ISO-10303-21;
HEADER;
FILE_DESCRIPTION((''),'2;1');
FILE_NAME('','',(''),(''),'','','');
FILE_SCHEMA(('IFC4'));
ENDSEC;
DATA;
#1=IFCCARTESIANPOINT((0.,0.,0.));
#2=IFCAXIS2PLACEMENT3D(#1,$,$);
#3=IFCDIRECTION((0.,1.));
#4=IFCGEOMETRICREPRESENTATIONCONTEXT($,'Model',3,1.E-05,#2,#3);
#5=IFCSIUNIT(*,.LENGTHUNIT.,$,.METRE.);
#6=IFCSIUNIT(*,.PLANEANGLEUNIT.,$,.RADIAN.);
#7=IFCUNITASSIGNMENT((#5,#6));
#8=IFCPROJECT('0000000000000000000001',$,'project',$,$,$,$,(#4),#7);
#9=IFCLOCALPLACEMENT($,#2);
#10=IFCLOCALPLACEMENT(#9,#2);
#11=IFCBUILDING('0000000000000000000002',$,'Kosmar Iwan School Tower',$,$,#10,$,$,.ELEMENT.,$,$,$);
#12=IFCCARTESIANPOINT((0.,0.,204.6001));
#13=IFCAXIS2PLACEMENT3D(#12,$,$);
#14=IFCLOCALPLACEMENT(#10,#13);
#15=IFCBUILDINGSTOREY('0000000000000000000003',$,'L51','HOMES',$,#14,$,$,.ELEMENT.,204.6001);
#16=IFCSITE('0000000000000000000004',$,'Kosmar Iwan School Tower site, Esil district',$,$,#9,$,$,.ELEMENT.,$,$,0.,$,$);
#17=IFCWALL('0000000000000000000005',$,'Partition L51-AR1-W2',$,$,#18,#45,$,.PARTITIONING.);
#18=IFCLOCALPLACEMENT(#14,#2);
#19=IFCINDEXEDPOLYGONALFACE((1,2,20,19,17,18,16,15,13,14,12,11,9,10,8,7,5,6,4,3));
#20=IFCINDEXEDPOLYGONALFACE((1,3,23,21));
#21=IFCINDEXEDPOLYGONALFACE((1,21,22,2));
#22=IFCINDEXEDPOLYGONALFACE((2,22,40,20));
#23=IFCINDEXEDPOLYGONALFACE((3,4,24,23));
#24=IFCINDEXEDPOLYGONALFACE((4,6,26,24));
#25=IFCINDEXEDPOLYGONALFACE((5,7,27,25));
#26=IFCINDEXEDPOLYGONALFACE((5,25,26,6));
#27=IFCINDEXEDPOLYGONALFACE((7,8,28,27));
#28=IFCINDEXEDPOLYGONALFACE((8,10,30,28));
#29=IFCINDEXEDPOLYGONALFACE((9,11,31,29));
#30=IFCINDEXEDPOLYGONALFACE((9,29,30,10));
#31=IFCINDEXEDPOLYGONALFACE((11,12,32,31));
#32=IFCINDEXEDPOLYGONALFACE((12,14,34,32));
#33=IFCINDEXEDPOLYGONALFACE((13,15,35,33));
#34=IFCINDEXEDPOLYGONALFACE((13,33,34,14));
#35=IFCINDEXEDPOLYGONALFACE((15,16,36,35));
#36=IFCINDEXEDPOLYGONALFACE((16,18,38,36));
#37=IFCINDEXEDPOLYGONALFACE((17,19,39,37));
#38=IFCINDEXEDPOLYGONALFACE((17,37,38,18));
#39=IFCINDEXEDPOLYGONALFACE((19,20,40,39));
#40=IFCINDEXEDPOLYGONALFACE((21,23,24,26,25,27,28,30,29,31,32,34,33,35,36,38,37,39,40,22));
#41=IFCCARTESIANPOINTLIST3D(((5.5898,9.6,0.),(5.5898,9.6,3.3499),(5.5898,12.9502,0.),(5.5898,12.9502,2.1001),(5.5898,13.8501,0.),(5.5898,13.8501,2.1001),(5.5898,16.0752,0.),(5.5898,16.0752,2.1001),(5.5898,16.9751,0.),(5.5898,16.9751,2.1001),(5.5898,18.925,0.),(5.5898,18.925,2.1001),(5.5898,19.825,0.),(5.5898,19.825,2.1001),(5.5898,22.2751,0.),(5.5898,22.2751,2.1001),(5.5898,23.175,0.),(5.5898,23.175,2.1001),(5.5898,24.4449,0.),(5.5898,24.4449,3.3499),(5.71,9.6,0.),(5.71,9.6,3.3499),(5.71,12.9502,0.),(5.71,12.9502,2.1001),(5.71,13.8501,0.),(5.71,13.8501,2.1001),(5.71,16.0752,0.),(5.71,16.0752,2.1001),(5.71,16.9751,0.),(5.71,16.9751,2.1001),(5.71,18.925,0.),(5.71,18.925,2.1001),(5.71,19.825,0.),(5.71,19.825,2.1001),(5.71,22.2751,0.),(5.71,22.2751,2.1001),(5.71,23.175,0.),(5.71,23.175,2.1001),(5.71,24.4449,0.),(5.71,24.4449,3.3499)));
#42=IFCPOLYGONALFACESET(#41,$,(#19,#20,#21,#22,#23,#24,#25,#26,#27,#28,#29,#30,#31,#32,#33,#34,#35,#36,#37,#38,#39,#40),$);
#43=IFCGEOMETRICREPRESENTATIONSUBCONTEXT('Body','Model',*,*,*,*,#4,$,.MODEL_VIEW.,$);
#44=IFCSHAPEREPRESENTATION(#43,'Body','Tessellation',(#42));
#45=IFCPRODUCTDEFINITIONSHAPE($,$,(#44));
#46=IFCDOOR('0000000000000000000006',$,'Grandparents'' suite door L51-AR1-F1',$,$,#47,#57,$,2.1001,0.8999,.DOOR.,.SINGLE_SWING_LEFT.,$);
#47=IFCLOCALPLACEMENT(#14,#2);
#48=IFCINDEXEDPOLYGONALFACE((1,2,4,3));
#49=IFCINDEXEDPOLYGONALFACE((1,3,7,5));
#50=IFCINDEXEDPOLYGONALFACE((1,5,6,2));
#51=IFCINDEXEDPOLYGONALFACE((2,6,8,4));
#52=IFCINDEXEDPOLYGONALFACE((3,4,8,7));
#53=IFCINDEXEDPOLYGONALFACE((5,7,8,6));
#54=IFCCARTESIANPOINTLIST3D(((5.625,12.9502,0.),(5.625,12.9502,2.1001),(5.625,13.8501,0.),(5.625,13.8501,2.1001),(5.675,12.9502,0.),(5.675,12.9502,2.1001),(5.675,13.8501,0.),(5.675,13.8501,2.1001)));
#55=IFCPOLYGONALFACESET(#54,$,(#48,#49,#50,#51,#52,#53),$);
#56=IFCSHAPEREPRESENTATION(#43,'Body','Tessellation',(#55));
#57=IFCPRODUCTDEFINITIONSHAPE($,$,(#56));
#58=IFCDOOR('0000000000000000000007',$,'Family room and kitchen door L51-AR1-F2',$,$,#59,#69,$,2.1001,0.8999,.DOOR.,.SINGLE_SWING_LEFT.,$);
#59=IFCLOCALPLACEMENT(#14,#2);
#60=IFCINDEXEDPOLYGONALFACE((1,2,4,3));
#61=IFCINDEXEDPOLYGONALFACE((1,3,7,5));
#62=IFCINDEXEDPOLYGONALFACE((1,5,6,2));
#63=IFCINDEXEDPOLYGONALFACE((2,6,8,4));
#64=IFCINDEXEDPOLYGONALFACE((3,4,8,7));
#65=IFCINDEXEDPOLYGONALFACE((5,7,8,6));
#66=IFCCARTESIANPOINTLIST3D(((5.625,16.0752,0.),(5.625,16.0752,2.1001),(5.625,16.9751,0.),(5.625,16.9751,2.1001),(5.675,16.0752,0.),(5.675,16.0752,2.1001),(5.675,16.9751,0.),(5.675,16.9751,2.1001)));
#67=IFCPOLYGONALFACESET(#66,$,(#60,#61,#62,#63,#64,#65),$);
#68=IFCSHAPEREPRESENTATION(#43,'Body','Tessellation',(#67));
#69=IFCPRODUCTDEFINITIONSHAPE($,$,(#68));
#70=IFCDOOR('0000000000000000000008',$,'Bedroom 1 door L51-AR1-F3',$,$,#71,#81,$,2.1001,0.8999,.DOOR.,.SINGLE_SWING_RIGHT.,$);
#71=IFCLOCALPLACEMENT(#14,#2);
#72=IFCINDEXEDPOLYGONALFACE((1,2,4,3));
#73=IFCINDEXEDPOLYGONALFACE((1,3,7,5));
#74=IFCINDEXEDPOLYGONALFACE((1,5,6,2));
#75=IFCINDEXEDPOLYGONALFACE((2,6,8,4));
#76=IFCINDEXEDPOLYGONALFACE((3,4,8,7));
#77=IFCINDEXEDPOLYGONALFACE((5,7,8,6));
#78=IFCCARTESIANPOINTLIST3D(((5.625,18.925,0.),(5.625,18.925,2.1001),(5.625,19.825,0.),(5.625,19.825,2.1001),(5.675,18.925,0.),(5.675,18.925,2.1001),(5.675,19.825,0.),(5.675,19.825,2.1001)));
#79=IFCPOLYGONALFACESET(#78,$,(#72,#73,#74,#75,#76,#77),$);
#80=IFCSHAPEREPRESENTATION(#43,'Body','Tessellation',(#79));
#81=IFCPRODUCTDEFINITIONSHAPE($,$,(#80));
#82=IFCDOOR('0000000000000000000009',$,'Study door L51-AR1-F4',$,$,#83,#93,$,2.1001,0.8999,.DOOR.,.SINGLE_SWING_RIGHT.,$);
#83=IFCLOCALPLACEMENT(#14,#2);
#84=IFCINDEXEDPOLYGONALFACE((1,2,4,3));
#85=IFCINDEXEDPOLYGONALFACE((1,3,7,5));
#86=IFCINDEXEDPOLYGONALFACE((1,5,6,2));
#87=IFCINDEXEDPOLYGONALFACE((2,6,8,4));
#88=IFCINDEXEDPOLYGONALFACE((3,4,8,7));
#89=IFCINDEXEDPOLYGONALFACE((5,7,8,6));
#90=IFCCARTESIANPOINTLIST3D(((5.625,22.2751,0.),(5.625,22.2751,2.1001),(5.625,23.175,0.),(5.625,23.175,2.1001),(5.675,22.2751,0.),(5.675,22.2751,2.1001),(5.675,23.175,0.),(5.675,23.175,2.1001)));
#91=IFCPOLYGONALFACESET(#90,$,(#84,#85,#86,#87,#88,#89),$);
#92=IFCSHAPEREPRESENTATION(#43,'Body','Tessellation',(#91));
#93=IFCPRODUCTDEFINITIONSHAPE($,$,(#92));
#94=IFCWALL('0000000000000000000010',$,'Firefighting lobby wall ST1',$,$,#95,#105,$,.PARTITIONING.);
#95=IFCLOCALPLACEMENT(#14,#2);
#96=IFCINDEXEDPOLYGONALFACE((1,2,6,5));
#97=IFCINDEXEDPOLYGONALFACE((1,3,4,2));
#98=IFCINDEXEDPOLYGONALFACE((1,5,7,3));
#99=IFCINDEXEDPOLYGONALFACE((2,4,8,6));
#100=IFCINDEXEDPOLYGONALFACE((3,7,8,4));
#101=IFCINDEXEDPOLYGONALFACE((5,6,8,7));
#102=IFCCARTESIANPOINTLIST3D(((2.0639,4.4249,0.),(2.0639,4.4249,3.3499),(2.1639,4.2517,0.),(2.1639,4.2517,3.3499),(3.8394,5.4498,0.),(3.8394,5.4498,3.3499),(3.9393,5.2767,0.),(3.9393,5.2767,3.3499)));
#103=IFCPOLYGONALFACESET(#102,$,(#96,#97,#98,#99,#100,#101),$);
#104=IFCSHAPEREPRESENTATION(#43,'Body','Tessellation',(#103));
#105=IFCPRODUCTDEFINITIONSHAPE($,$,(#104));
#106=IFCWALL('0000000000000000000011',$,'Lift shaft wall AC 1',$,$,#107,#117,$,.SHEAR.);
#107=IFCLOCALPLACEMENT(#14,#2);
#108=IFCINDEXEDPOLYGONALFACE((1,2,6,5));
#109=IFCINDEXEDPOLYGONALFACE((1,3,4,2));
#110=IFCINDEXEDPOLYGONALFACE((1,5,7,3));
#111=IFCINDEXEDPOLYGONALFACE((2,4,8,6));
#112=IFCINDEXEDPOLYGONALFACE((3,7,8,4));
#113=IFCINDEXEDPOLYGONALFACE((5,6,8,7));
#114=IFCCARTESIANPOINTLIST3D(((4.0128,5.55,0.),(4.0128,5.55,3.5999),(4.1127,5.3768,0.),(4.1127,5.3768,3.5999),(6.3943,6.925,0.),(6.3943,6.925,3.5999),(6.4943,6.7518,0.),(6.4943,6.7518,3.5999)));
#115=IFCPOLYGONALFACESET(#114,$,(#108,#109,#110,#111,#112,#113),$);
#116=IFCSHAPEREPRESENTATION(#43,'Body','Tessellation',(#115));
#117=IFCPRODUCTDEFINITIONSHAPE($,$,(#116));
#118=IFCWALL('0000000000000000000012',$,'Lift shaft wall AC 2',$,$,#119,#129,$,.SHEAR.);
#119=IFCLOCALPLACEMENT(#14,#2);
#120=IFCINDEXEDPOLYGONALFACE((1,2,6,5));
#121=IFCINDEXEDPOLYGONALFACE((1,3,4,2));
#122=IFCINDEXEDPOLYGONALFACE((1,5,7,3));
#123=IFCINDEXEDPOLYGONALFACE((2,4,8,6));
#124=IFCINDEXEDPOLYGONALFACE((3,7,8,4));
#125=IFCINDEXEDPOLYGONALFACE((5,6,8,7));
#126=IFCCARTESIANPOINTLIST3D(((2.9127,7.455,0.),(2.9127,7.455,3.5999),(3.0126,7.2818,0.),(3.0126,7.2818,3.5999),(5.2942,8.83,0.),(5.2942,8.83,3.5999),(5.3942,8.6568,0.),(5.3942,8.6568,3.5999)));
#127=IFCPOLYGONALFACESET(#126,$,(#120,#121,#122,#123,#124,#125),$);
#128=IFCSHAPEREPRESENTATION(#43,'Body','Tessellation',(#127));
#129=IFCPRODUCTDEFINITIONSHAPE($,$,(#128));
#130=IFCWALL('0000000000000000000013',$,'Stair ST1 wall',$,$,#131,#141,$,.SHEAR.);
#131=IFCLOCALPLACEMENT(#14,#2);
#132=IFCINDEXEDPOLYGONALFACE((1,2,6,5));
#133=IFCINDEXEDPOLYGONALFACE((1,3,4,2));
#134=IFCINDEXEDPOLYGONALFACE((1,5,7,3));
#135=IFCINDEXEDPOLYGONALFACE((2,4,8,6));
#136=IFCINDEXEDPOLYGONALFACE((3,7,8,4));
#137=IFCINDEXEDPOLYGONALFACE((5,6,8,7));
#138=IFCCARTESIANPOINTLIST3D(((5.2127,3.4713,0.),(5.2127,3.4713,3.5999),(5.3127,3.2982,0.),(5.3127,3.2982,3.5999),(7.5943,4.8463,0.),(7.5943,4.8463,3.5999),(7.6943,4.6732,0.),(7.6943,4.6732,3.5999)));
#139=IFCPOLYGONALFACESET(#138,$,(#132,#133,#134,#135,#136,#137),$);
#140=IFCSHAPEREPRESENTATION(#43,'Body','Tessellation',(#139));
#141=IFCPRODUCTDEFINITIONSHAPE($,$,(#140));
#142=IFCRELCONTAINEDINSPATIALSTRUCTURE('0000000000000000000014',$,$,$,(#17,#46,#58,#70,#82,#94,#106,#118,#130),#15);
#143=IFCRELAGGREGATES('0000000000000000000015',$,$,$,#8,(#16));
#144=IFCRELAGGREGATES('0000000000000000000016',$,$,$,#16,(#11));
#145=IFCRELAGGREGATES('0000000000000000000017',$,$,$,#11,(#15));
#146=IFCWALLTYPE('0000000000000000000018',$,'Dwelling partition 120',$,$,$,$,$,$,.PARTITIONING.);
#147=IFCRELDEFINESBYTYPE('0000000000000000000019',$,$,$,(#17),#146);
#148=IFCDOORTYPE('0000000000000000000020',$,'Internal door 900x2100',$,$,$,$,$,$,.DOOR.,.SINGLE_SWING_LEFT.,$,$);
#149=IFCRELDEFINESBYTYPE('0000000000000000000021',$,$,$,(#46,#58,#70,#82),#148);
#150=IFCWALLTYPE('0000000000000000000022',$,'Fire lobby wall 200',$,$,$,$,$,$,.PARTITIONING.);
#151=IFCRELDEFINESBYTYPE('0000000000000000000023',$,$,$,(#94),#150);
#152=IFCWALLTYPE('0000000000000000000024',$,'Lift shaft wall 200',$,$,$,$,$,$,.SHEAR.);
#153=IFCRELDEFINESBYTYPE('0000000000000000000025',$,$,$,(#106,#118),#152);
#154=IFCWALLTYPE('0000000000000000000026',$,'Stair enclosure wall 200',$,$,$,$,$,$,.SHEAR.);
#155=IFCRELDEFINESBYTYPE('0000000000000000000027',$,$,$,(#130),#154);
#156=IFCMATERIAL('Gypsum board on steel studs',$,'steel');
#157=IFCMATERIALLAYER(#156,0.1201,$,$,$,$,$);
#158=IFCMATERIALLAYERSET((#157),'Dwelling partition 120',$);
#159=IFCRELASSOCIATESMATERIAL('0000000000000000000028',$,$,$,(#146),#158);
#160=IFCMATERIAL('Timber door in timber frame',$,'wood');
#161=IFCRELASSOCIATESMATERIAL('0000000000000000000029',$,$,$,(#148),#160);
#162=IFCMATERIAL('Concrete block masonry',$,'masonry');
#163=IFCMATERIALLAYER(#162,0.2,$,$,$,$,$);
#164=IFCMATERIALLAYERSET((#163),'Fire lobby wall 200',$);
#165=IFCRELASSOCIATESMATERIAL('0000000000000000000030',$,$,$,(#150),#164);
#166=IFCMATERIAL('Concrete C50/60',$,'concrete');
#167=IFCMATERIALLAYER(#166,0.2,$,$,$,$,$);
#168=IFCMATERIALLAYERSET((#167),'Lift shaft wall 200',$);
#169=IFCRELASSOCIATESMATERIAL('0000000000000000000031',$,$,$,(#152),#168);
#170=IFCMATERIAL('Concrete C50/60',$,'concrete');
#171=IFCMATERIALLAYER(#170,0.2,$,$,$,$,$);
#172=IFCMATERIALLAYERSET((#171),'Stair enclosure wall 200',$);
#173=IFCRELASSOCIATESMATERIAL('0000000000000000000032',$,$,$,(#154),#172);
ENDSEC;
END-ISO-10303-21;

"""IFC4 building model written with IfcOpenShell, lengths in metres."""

from ifc_helpers import new_model, si_unit, direction, frame, frame_2d, origin, place, context, subcontext, project, spatial, rectangle, extrude, material, layer, layer_set, type_object, element, fill, save


model = new_model("IFC4")

# Units and contexts
model_context = context("Model", 3, precision=1e-05, world=origin(), true_north=direction((0.0, 1.0)))
body_context = subcontext(model_context, "Body", "Model", "MODEL_VIEW")
ifc_project = project(units=[si_unit("LENGTHUNIT", "METRE"), si_unit("PLANEANGLEUNIT", "RADIAN")], contexts=[model_context])

# Site, building, storey
site_placement = place(None, origin())
site = spatial("IfcSite", under=ifc_project, at=site_placement, Name="Kosmar Iwan School Tower site, Esil district", CompositionType="ELEMENT", RefElevation=0.0)
building_placement = place(site_placement, origin())
building = spatial("IfcBuilding", under=site, at=building_placement, Name="Kosmar Iwan School Tower", CompositionType="ELEMENT")
storey_placement = place(building_placement, frame((0.0, 0.0, 204.6001)))
storey = spatial("IfcBuildingStorey", under=building, at=storey_placement, Name="L51", Description="HOMES", CompositionType="ELEMENT", Elevation=204.6001)

# Wall, openings, doors
ifc_material_1 = material(Name="Gypsum board on steel studs", Category="steel")
ifc_layer_1 = layer(ifc_material_1, 0.1201)
ifc_layer_set_1 = layer_set([ifc_layer_1], Name="Dwelling partition 120")
wall_type_1 = type_object("IfcWallType", Name="Dwelling partition 120", PredefinedType="PARTITIONING", material=ifc_layer_set_1)
wall_1_placement = place(storey_placement, frame((5.6499, 9.6001, 0.0), z_axis=(0.0, 0.0, 1.0), x_axis=(0.0, 1.0, 0.0)))
wall_1 = element("IfcWall", 1, at=wall_1_placement, inside=storey, type_object=wall_type_1, Name="Partition L51-AR1-W2", PredefinedType="PARTITIONING", context=body_context, shape_type="SweptSolid", body=[
    extrude(rectangle(XDim=14.845, YDim=0.1201, at=frame_2d((7.4224, 0.0))), origin(), (0.0, 0.0, 1.0), 3.3499),
])
opening_1_placement = place(wall_1_placement, frame((3.3501, 0.0, 0.0)))
opening_1 = element("IfcOpeningElement", 2, at=opening_1_placement, cuts=wall_1, PredefinedType="OPENING", context=body_context, shape_type="SweptSolid", body=[
    extrude(rectangle(XDim=0.8999, YDim=2.1001, at=frame_2d((0.45, 1.05))), frame((0.0, 0.072, 0.0), z_axis=(0.0, -1.0, 0.0), x_axis=(1.0, 0.0, 0.0)), (0.0, 0.0, 1.0), 0.144),
])
opening_2_placement = place(wall_1_placement, frame((6.4751, 0.0, 0.0)))
opening_2 = element("IfcOpeningElement", 3, at=opening_2_placement, cuts=wall_1, PredefinedType="OPENING", context=body_context, shape_type="SweptSolid", body=[
    extrude(rectangle(XDim=0.8999, YDim=2.1001, at=frame_2d((0.45, 1.05))), frame((0.0, 0.072, 0.0), z_axis=(0.0, -1.0, 0.0), x_axis=(1.0, 0.0, 0.0)), (0.0, 0.0, 1.0), 0.144),
])
opening_3_placement = place(wall_1_placement, frame((9.325, 0.0, 0.0)))
opening_3 = element("IfcOpeningElement", 4, at=opening_3_placement, cuts=wall_1, PredefinedType="OPENING", context=body_context, shape_type="SweptSolid", body=[
    extrude(rectangle(XDim=0.8999, YDim=2.1001, at=frame_2d((0.45, 1.05))), frame((0.0, 0.072, 0.0), z_axis=(0.0, -1.0, 0.0), x_axis=(1.0, 0.0, 0.0)), (0.0, 0.0, 1.0), 0.144),
])
opening_4_placement = place(wall_1_placement, frame((12.675, 0.0, 0.0)))
opening_4 = element("IfcOpeningElement", 5, at=opening_4_placement, cuts=wall_1, PredefinedType="OPENING", context=body_context, shape_type="SweptSolid", body=[
    extrude(rectangle(XDim=0.8999, YDim=2.1001, at=frame_2d((0.45, 1.05))), frame((0.0, 0.072, 0.0), z_axis=(0.0, -1.0, 0.0), x_axis=(1.0, 0.0, 0.0)), (0.0, 0.0, 1.0), 0.144),
])
ifc_material_2 = material(Name="Timber door in timber frame", Category="wood")
door_type = type_object("IfcDoorType", Name="Internal door 900x2100", OperationType="SINGLE_SWING_LEFT", PredefinedType="DOOR", material=ifc_material_2)
door_1_placement = place(opening_1_placement, origin())
door_1 = element("IfcDoor", 6, at=door_1_placement, inside=storey, type_object=door_type, Name="Grandparents' suite door L51-AR1-F1", OperationType="SINGLE_SWING_LEFT", OverallHeight=2.1001, OverallWidth=0.8999, PredefinedType="DOOR", context=body_context, shape_type="SweptSolid", body=[
    extrude(rectangle(XDim=0.8999, YDim=2.1001, at=frame_2d((0.45, 1.05))), frame((0.0, 0.0249, 0.0), z_axis=(0.0, -1.0, 0.0), x_axis=(1.0, 0.0, 0.0)), (0.0, 0.0, 1.0), 0.05),
])
fill(opening_1, door_1)
door_2_placement = place(opening_2_placement, origin())
door_2 = element("IfcDoor", 7, at=door_2_placement, inside=storey, type_object=door_type, Name="Family room and kitchen door L51-AR1-F2", OperationType="SINGLE_SWING_LEFT", OverallHeight=2.1001, OverallWidth=0.8999, PredefinedType="DOOR", context=body_context, shape_type="SweptSolid", body=[
    extrude(rectangle(XDim=0.8999, YDim=2.1001, at=frame_2d((0.45, 1.05))), frame((0.0, 0.0249, 0.0), z_axis=(0.0, -1.0, 0.0), x_axis=(1.0, 0.0, 0.0)), (0.0, 0.0, 1.0), 0.05),
])
fill(opening_2, door_2)
door_3_placement = place(opening_3_placement, origin())
door_3 = element("IfcDoor", 8, at=door_3_placement, inside=storey, type_object=door_type, Name="Bedroom 1 door L51-AR1-F3", OperationType="SINGLE_SWING_RIGHT", OverallHeight=2.1001, OverallWidth=0.8999, PredefinedType="DOOR", context=body_context, shape_type="SweptSolid", body=[
    extrude(rectangle(XDim=0.8999, YDim=2.1001, at=frame_2d((0.45, 1.05))), frame((0.0, 0.0249, 0.0), z_axis=(0.0, -1.0, 0.0), x_axis=(1.0, 0.0, 0.0)), (0.0, 0.0, 1.0), 0.05),
])
fill(opening_3, door_3)
door_4_placement = place(opening_4_placement, origin())
door_4 = element("IfcDoor", 9, at=door_4_placement, inside=storey, type_object=door_type, Name="Study door L51-AR1-F4", OperationType="SINGLE_SWING_RIGHT", OverallHeight=2.1001, OverallWidth=0.8999, PredefinedType="DOOR", context=body_context, shape_type="SweptSolid", body=[
    extrude(rectangle(XDim=0.8999, YDim=2.1001, at=frame_2d((0.45, 1.05))), frame((0.0, 0.0249, 0.0), z_axis=(0.0, -1.0, 0.0), x_axis=(1.0, 0.0, 0.0)), (0.0, 0.0, 1.0), 0.05),
])
fill(opening_4, door_4)

# Walls
ifc_material_3 = material(Name="Concrete block masonry", Category="masonry")
ifc_layer_2 = layer(ifc_material_3, 0.2)
ifc_layer_set_2 = layer_set([ifc_layer_2], Name="Fire lobby wall 200")
wall_type_2 = type_object("IfcWallType", Name="Fire lobby wall 200", PredefinedType="PARTITIONING", material=ifc_layer_set_2)
wall_2_placement = place(storey_placement, frame((2.114, 4.3384, 0.0), z_axis=(0.0, 0.0, 1.0), x_axis=(0.866051, 0.499956, 0.0)))
element("IfcWall", 10, at=wall_2_placement, inside=storey, type_object=wall_type_2, Name="Firefighting lobby wall ST1", PredefinedType="PARTITIONING", context=body_context, shape_type="SweptSolid", body=[
    extrude(rectangle(XDim=2.05, YDim=0.2, at=frame_2d((1.0249, 0.0))), origin(), (0.0, 0.0, 1.0), 3.3499),
])
ifc_material_4 = material(Name="Concrete C50/60", Category="concrete")
ifc_layer_3 = layer(ifc_material_4, 0.2)
ifc_layer_set_3 = layer_set([ifc_layer_3], Name="Lift shaft wall 200")
wall_type_3 = type_object("IfcWallType", Name="Lift shaft wall 200", PredefinedType="SHEAR", material=ifc_layer_set_3)
for number, where, z_axis, x_axis, name in (
    (11, (4.0627, 5.4634, 0.0), (0.0, 0.0, 1.0), (0.866027, 0.499997, 0.0), "Lift shaft wall AC 1"),
    (12, (2.9626, 7.3684, 0.0), (0.0, 0.0, 1.0), (0.866027, 0.499997, 0.0), "Lift shaft wall AC 2"),
):
    element("IfcWall", number, at=place(storey_placement, frame(where, z_axis=z_axis, x_axis=x_axis)), inside=storey, type_object=wall_type_3, Name=name, PredefinedType="SHEAR", context=body_context, shape_type="SweptSolid", body=[
        extrude(rectangle(XDim=2.75, YDim=0.2, at=frame_2d((1.375, 0.0))), origin(), (0.0, 0.0, 1.0), 3.5999),
    ])
ifc_material_5 = material(Name="Concrete C50/60", Category="concrete")
ifc_layer_4 = layer(ifc_material_5, 0.2)
ifc_layer_set_4 = layer_set([ifc_layer_4], Name="Stair enclosure wall 200")
wall_type_4 = type_object("IfcWallType", Name="Stair enclosure wall 200", PredefinedType="SHEAR", material=ifc_layer_set_4)
wall_3_placement = place(storey_placement, frame((5.2627, 3.3848, 0.0), z_axis=(0.0, 0.0, 1.0), x_axis=(0.866027, 0.499997, 0.0)))
element("IfcWall", 13, at=wall_3_placement, inside=storey, type_object=wall_type_4, Name="Stair ST1 wall", PredefinedType="SHEAR", context=body_context, shape_type="SweptSolid", body=[
    extrude(rectangle(XDim=2.75, YDim=0.2, at=frame_2d((1.375, 0.0))), origin(), (0.0, 0.0, 1.0), 3.5999),
])

save(model, "model.ifc")
